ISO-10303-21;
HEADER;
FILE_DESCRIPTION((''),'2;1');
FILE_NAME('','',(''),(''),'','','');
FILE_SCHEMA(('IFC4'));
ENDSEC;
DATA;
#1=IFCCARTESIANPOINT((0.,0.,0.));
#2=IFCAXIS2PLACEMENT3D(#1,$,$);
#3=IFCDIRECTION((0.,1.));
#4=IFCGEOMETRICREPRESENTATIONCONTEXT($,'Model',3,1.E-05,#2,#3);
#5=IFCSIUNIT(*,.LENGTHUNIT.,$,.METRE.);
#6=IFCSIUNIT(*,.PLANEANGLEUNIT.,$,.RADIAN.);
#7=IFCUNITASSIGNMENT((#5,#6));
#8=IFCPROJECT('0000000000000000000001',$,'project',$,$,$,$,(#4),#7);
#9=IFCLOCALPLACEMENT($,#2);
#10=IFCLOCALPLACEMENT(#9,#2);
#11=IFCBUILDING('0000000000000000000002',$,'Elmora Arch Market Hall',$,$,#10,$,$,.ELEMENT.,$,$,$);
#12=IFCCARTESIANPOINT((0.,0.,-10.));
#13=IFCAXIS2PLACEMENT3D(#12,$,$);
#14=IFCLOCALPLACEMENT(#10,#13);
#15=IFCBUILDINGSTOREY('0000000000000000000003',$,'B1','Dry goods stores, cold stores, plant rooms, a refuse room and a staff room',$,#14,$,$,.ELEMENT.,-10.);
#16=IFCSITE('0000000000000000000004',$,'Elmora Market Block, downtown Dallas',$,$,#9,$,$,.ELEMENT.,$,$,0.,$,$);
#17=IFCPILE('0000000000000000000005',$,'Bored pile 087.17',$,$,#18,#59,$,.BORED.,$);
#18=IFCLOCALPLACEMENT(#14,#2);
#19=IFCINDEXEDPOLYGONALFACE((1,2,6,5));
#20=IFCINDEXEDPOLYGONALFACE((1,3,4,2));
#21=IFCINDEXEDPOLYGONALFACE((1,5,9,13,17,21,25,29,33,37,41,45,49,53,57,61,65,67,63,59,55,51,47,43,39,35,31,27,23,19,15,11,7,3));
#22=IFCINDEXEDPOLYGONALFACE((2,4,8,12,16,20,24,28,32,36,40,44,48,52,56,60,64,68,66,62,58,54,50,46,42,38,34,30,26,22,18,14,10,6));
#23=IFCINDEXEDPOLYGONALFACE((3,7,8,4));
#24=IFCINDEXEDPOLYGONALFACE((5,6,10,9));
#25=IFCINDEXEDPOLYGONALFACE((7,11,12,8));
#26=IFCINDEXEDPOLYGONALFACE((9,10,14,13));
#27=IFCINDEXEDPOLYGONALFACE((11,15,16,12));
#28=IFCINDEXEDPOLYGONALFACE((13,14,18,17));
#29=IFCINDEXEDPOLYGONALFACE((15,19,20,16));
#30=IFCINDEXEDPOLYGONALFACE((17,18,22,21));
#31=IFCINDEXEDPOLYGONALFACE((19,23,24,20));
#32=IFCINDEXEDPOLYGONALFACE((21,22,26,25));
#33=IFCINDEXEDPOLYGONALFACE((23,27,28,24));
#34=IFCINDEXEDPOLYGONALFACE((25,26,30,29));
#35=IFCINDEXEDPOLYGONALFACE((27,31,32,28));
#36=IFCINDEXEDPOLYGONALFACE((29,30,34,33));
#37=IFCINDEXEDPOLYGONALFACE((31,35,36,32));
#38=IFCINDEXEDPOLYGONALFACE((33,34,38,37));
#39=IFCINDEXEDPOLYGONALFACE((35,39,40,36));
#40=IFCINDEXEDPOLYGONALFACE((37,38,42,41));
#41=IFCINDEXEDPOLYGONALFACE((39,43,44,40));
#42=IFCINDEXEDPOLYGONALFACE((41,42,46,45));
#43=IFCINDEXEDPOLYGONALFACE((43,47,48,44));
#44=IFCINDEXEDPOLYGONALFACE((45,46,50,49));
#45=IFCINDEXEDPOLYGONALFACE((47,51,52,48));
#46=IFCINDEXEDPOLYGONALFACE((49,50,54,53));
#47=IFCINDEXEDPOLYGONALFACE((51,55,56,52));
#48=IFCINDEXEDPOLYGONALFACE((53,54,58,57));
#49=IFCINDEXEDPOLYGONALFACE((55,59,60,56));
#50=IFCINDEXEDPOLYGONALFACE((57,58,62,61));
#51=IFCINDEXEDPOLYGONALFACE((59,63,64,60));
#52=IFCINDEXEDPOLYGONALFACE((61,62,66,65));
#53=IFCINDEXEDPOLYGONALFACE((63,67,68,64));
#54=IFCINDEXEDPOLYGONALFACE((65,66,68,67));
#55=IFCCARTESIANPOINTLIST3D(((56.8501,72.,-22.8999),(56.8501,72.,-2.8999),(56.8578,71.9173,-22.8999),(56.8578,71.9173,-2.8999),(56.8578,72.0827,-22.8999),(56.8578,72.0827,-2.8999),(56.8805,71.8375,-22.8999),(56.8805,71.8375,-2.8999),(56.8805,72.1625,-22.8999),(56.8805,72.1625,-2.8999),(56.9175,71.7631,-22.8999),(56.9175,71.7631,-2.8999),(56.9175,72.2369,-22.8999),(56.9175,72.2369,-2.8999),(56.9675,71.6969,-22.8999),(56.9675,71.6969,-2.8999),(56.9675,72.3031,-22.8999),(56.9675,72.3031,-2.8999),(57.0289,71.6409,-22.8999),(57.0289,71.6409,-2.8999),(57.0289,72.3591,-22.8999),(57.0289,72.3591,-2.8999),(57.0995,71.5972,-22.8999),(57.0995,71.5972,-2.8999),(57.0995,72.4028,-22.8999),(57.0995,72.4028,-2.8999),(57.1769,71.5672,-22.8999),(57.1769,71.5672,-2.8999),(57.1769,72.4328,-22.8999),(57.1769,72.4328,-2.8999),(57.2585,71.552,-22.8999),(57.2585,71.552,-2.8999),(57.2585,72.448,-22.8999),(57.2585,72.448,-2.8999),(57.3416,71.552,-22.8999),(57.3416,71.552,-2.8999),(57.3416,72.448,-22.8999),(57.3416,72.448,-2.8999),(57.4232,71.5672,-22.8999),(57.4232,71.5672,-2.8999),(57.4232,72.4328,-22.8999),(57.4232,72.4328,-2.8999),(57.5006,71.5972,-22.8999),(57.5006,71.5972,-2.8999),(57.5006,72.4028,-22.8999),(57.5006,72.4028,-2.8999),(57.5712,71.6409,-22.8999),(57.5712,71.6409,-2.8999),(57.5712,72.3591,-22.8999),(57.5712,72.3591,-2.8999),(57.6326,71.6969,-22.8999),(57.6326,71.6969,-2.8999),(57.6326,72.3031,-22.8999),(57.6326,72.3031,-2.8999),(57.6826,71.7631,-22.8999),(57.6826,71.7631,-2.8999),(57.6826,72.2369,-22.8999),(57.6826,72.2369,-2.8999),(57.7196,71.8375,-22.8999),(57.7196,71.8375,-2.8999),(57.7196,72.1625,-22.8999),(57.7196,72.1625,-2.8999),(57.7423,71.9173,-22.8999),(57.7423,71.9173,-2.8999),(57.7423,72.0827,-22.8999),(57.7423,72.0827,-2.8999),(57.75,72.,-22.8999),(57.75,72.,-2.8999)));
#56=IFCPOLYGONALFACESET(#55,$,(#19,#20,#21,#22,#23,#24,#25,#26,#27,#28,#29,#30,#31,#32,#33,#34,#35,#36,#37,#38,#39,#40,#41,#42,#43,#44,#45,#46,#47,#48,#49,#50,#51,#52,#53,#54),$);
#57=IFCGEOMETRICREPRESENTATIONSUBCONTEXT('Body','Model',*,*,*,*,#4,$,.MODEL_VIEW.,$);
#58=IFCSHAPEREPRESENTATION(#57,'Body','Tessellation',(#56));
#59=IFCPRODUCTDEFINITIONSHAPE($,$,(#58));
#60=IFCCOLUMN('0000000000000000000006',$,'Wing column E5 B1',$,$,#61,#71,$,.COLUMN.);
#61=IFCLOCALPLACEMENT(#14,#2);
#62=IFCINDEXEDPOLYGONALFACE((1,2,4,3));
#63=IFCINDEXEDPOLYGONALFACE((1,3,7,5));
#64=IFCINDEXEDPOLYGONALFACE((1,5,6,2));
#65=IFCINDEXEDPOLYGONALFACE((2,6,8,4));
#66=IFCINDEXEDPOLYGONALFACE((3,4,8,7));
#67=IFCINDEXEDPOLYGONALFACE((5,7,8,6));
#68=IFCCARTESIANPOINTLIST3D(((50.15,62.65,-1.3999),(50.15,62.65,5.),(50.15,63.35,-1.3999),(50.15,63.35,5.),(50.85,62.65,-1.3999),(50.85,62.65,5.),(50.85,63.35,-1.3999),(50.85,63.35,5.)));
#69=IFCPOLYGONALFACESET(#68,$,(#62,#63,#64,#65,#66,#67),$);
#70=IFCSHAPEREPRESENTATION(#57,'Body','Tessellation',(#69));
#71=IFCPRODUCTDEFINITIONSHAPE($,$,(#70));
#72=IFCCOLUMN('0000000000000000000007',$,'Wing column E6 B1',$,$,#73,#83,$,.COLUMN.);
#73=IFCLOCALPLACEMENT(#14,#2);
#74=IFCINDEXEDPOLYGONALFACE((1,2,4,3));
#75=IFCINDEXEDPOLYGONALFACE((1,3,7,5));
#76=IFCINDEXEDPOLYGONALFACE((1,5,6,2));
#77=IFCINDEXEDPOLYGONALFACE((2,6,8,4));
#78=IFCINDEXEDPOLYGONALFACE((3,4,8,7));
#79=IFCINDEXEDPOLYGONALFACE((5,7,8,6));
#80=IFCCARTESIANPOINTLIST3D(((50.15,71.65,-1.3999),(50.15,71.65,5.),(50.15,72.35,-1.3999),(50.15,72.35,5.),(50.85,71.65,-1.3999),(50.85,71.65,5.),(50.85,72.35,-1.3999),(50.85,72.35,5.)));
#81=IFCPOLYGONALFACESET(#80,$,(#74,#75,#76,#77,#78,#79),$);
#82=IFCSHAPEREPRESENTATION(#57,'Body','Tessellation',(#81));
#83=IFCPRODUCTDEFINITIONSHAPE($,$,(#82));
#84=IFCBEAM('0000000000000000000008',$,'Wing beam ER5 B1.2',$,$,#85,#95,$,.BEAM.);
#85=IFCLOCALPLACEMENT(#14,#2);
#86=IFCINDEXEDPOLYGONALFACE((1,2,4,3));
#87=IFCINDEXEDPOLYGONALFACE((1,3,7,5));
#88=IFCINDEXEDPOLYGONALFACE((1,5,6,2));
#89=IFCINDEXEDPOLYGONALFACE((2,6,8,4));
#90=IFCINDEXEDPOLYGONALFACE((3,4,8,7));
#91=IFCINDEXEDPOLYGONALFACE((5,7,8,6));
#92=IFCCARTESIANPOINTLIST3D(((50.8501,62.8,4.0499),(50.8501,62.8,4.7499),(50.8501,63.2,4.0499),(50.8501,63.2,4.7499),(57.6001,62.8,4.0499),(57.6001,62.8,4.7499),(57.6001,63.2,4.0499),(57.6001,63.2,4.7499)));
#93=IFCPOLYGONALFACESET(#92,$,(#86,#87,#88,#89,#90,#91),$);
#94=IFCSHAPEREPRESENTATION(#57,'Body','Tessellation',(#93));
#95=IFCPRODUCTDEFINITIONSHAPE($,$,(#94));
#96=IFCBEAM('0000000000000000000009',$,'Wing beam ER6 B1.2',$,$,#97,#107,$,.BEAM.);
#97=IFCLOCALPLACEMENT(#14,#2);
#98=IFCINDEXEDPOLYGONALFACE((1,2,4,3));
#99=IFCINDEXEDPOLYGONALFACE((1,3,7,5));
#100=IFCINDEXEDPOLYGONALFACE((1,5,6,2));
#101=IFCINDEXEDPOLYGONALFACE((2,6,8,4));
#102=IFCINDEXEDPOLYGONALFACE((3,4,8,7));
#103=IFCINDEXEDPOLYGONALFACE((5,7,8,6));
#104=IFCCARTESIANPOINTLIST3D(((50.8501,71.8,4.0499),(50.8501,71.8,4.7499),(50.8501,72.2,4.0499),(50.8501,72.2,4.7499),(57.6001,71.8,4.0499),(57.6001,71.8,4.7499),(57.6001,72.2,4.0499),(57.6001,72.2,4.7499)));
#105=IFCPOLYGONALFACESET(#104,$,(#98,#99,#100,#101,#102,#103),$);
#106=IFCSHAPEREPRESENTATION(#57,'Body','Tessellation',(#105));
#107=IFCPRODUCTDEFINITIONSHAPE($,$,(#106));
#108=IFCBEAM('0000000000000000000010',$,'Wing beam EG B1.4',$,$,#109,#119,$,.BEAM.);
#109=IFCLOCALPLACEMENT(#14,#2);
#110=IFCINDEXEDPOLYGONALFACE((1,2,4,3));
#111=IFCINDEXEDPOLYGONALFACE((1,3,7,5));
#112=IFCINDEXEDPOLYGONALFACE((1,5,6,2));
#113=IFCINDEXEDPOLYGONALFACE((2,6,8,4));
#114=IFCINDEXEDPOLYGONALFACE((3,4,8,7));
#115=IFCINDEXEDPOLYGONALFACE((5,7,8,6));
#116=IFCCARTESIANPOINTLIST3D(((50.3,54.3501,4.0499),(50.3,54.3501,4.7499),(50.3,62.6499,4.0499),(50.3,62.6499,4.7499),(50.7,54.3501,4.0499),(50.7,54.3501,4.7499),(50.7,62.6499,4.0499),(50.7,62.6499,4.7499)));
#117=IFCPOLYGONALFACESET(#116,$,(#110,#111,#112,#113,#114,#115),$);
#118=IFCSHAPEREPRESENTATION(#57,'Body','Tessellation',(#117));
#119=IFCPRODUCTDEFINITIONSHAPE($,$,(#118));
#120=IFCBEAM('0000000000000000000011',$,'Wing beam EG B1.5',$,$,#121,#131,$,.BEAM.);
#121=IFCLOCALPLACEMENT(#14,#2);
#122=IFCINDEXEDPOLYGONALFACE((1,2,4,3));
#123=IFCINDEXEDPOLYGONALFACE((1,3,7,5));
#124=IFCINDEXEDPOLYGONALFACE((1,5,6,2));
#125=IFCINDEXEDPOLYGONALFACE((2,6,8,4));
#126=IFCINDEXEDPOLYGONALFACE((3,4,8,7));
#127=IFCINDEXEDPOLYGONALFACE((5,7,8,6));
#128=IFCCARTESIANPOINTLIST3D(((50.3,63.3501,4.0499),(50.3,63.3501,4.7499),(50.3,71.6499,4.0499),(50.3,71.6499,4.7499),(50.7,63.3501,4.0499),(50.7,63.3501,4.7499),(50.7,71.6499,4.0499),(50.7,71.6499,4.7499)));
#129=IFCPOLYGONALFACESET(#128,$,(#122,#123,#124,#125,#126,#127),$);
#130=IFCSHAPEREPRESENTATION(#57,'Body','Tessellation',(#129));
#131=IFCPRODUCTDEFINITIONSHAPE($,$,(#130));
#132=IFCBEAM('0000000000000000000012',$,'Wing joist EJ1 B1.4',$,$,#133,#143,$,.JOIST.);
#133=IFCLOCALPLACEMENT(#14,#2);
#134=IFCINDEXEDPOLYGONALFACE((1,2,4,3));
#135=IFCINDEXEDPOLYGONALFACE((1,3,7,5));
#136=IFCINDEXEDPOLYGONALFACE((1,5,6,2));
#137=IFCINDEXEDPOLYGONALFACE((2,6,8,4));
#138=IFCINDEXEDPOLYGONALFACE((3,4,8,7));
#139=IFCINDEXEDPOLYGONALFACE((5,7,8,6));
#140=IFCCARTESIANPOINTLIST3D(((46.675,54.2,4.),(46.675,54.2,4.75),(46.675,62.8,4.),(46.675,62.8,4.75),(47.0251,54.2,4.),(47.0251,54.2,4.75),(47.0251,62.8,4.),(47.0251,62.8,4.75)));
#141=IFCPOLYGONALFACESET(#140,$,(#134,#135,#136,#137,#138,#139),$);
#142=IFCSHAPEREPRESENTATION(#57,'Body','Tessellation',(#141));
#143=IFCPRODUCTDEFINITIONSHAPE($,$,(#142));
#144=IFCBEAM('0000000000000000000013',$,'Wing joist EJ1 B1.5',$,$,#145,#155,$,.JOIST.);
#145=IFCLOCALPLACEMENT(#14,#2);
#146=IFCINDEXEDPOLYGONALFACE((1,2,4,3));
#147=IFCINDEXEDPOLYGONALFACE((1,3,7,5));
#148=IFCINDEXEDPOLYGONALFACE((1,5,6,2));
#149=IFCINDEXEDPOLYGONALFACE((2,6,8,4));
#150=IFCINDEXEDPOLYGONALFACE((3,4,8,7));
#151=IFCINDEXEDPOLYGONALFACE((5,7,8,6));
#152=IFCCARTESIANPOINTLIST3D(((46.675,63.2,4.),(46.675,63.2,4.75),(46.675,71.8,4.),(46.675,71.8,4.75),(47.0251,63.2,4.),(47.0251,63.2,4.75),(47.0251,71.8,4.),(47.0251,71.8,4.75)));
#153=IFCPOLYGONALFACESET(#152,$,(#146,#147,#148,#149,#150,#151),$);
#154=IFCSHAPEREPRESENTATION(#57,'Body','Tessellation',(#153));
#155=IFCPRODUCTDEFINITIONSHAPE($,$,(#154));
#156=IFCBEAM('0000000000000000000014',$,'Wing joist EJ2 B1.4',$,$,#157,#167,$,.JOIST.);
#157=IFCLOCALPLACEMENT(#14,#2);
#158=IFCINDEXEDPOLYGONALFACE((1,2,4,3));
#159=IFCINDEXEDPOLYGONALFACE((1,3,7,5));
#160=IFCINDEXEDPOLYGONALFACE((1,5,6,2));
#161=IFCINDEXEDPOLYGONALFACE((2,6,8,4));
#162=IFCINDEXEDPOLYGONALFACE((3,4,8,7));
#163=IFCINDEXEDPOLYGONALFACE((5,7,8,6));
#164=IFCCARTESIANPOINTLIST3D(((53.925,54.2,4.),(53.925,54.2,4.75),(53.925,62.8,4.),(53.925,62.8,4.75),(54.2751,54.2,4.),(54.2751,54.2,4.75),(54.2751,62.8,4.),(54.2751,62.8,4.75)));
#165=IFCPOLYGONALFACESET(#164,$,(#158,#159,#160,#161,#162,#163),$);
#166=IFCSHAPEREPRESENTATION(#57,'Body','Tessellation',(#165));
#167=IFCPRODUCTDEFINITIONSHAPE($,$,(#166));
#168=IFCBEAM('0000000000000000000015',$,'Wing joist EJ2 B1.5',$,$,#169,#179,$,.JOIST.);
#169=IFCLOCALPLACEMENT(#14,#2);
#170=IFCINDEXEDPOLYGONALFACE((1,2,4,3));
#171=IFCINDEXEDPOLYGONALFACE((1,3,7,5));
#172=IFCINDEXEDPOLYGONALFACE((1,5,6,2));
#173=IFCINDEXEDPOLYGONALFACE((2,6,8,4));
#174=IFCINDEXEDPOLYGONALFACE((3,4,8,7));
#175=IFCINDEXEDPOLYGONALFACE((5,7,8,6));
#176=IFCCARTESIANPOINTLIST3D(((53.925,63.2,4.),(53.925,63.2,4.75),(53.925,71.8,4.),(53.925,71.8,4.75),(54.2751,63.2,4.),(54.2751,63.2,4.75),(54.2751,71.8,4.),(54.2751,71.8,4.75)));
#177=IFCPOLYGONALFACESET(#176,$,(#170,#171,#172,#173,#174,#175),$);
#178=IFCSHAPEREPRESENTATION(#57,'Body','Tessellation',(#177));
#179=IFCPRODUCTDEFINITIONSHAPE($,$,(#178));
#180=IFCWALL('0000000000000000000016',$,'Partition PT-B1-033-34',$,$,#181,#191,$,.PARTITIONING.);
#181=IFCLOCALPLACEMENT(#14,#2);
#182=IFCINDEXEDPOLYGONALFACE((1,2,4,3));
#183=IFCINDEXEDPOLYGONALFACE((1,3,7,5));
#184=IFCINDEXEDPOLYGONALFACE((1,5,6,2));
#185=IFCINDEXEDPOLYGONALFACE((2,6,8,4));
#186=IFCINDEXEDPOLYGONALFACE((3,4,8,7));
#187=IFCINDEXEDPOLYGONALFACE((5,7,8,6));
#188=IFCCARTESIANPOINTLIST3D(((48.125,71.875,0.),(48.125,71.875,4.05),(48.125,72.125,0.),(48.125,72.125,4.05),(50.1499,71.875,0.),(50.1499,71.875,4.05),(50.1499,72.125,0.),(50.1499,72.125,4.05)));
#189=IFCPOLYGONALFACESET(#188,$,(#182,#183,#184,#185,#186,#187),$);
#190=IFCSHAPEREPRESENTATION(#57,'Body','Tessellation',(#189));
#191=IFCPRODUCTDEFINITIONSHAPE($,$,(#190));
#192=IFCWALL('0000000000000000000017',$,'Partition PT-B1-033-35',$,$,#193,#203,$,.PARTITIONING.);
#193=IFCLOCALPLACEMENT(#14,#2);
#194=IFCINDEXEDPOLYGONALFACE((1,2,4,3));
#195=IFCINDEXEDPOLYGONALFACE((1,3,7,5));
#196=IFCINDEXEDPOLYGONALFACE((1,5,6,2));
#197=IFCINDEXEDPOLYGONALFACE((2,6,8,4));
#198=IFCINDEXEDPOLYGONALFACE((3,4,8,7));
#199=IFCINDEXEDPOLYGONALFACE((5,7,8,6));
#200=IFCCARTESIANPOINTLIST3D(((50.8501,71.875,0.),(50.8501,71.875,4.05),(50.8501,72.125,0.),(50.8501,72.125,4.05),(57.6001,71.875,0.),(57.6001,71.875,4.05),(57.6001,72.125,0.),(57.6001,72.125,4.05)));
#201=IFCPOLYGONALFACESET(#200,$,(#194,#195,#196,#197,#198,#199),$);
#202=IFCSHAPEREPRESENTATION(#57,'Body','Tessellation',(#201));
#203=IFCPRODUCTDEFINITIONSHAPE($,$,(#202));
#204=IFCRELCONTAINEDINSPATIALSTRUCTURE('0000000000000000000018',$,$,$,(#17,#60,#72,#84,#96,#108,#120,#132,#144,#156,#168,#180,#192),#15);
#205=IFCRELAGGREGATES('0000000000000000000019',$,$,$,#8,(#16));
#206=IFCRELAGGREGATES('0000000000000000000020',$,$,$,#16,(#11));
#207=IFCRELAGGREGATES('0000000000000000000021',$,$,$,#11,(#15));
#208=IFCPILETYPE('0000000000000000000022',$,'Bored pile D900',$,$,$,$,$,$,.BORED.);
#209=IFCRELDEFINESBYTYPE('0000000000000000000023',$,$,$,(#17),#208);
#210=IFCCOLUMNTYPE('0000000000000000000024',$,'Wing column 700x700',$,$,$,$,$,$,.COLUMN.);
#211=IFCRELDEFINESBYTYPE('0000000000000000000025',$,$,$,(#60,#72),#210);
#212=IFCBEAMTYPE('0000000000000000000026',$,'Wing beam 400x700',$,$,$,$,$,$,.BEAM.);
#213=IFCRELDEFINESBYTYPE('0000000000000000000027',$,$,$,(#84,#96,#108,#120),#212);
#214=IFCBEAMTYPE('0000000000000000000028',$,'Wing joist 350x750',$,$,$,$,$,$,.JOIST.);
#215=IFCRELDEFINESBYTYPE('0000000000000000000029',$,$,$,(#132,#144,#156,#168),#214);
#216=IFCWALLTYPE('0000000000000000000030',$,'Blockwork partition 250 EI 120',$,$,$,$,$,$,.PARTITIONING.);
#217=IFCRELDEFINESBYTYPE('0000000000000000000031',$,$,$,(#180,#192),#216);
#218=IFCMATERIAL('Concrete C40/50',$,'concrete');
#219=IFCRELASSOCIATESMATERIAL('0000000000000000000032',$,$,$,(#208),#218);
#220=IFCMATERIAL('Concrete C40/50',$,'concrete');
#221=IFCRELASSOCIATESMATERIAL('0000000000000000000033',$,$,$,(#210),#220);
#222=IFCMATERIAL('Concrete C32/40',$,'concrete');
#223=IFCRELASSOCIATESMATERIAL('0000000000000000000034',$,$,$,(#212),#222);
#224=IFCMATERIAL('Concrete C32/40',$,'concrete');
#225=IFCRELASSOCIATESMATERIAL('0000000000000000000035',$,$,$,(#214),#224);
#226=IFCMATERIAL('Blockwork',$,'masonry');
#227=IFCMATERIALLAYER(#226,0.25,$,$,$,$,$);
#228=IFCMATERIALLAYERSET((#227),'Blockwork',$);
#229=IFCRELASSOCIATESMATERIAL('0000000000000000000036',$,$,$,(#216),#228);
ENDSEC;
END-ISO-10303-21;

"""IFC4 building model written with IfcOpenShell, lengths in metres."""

from ifc_helpers import new_model, si_unit, direction, frame, frame_2d, origin, origin_2d, place, context, subcontext, project, spatial, rectangle, circle, extrude, material, layer, layer_set, material_profile, profile_set, type_object, element, save


model = new_model("IFC4")

# Units and contexts
model_context = context("Model", 3, precision=1e-05, world=origin(), true_north=direction((0.0, 1.0)))
body_context = subcontext(model_context, "Body", "Model", "MODEL_VIEW")
ifc_project = project(units=[si_unit("LENGTHUNIT", "METRE"), si_unit("PLANEANGLEUNIT", "RADIAN")], contexts=[model_context])

# Site, building, storey
site_placement = place(None, origin())
site = spatial("IfcSite", under=ifc_project, at=site_placement, Name="Elmora Market Block, downtown Dallas", CompositionType="ELEMENT", RefElevation=0.0)
building_placement = place(site_placement, origin())
building = spatial("IfcBuilding", under=site, at=building_placement, Name="Elmora Arch Market Hall", CompositionType="ELEMENT")
storey_placement = place(building_placement, frame((0.0, 0.0, -10.0)))
storey = spatial("IfcBuildingStorey", under=building, at=storey_placement, Name="B1", Description="Dry goods stores, cold stores, plant rooms, a refuse room and a staff room", CompositionType="ELEMENT", Elevation=-10.0)

# Pile
ifc_material_1 = material(Name="Concrete C40/50", Category="concrete")
ifc_material_profile_1 = material_profile(ifc_material_1, circle(Radius=0.45, at=origin_2d()), Name="Bored pile D900")
ifc_profile_set_1 = profile_set([ifc_material_profile_1], Name="Concrete C40/50")
pile_type = type_object("IfcPileType", Name="Bored pile D900", PredefinedType="BORED", material=ifc_profile_set_1)
for number, where, z_axis, x_axis, name in (
    (1, (57.3, 72.0, -2.8999), (0.0, 0.0, -1.0), (1.0, 0.0, 0.0), "Bored pile 087.17"),
):
    element("IfcPile", number, at=place(storey_placement, frame(where, z_axis=z_axis, x_axis=x_axis)), inside=storey, type_object=pile_type, Name=name, PredefinedType="BORED", context=body_context, shape_type="SweptSolid", body=[
        extrude(circle(Radius=0.45, at=origin_2d()), origin(), (0.0, 0.0, 1.0), 20.0),
    ])

# Columns
ifc_material_2 = material(Name="Concrete C40/50", Category="concrete")
ifc_material_profile_2 = material_profile(ifc_material_2, rectangle(XDim=0.7, YDim=0.7, at=origin_2d()), Name="Wing column 700x700")
ifc_profile_set_2 = profile_set([ifc_material_profile_2], Name="Concrete C40/50")
column_type = type_object("IfcColumnType", Name="Wing column 700x700", PredefinedType="COLUMN", material=ifc_profile_set_2)
for number, where, z_axis, x_axis, name in (
    (2, (50.5, 63.0, -1.3999), (0.0, 0.0, 1.0), (1.0, 0.0, 0.0), "Wing column E5 B1"),
    (3, (50.5, 72.0, -1.3999), (0.0, 0.0, 1.0), (1.0, 0.0, 0.0), "Wing column E6 B1"),
):
    element("IfcColumn", number, at=place(storey_placement, frame(where, z_axis=z_axis, x_axis=x_axis)), inside=storey, type_object=column_type, Name=name, PredefinedType="COLUMN", context=body_context, shape_type="SweptSolid", body=[
        extrude(rectangle(XDim=0.7, YDim=0.7, at=origin_2d()), origin(), (0.0, 0.0, 1.0), 6.3999),
    ])

# Beams
ifc_material_3 = material(Name="Concrete C32/40", Category="concrete")
ifc_material_profile_3 = material_profile(ifc_material_3, rectangle(XDim=0.3999, YDim=0.7, at=origin_2d()), Name="Wing beam 400x700")
ifc_profile_set_3 = profile_set([ifc_material_profile_3], Name="Concrete C32/40")
beam_type_1 = type_object("IfcBeamType", Name="Wing beam 400x700", PredefinedType="BEAM", material=ifc_profile_set_3)
for number, where, z_axis, x_axis, name in (
    (4, (50.8501, 63.0, 4.3999), (1.0, 0.0, 0.0), (0.0, 1.0, 0.0), "Wing beam ER5 B1.2"),
    (5, (50.8501, 72.0, 4.3999), (1.0, 0.0, 0.0), (0.0, 1.0, 0.0), "Wing beam ER6 B1.2"),
):
    element("IfcBeam", number, at=place(storey_placement, frame(where, z_axis=z_axis, x_axis=x_axis)), inside=storey, type_object=beam_type_1, Name=name, PredefinedType="BEAM", context=body_context, shape_type="SweptSolid", body=[
        extrude(rectangle(XDim=0.3999, YDim=0.7, at=origin_2d()), origin(), (0.0, 0.0, 1.0), 6.75),
    ])
for number, where, z_axis, x_axis, name in (
    (6, (50.5, 54.3501, 4.3999), (0.0, 1.0, 0.0), (-1.0, 0.0, 0.0), "Wing beam EG B1.4"),
    (7, (50.5, 63.3501, 4.3999), (0.0, 1.0, 0.0), (-1.0, 0.0, 0.0), "Wing beam EG B1.5"),
):
    element("IfcBeam", number, at=place(storey_placement, frame(where, z_axis=z_axis, x_axis=x_axis)), inside=storey, type_object=beam_type_1, Name=name, PredefinedType="BEAM", context=body_context, shape_type="SweptSolid", body=[
        extrude(rectangle(XDim=0.3999, YDim=0.7, at=origin_2d()), origin(), (0.0, 0.0, 1.0), 8.2998),
    ])
ifc_material_4 = material(Name="Concrete C32/40", Category="concrete")
ifc_material_profile_4 = material_profile(ifc_material_4, rectangle(XDim=0.3501, YDim=0.75, at=origin_2d()), Name="Wing joist 350x750")
ifc_profile_set_4 = profile_set([ifc_material_profile_4], Name="Concrete C32/40")
beam_type_2 = type_object("IfcBeamType", Name="Wing joist 350x750", PredefinedType="JOIST", material=ifc_profile_set_4)
for number, where, z_axis, x_axis, name in (
    (8, (46.8501, 54.2, 4.375), (0.0, 1.0, 0.0), (-1.0, 0.0, 0.0), "Wing joist EJ1 B1.4"),
    (9, (46.8501, 63.2, 4.375), (0.0, 1.0, 0.0), (-1.0, 0.0, 0.0), "Wing joist EJ1 B1.5"),
    (10, (54.1001, 54.2, 4.375), (0.0, 1.0, 0.0), (-1.0, 0.0, 0.0), "Wing joist EJ2 B1.4"),
    (11, (54.1001, 63.2, 4.375), (0.0, 1.0, 0.0), (-1.0, 0.0, 0.0), "Wing joist EJ2 B1.5"),
):
    element("IfcBeam", number, at=place(storey_placement, frame(where, z_axis=z_axis, x_axis=x_axis)), inside=storey, type_object=beam_type_2, Name=name, PredefinedType="JOIST", context=body_context, shape_type="SweptSolid", body=[
        extrude(rectangle(XDim=0.3501, YDim=0.75, at=origin_2d()), origin(), (0.0, 0.0, 1.0), 8.6001),
    ])

# Walls
ifc_material_5 = material(Name="Blockwork", Category="masonry")
ifc_layer_1 = layer(ifc_material_5, 0.25)
ifc_layer_set_1 = layer_set([ifc_layer_1], Name="Blockwork")
wall_type_1 = type_object("IfcWallType", Name="Blockwork partition 250 EI 120", PredefinedType="PARTITIONING", material=ifc_layer_set_1)
wall_1_placement = place(storey_placement, frame((48.125, 72.0, 0.0), z_axis=(0.0, 0.0, 1.0), x_axis=(1.0, 0.0, 0.0)))
element("IfcWall", 12, at=wall_1_placement, inside=storey, type_object=wall_type_1, Name="Partition PT-B1-033-34", PredefinedType="PARTITIONING", context=body_context, shape_type="SweptSolid", body=[
    extrude(rectangle(XDim=2.0249, YDim=0.25, at=frame_2d((1.0125, 0.0))), origin(), (0.0, 0.0, 1.0), 4.05),
])
wall_2_placement = place(storey_placement, frame((50.8501, 72.0, 0.0), z_axis=(0.0, 0.0, 1.0), x_axis=(1.0, 0.0, 0.0)))
element("IfcWall", 13, at=wall_2_placement, inside=storey, type_object=wall_type_1, Name="Partition PT-B1-033-35", PredefinedType="PARTITIONING", context=body_context, shape_type="SweptSolid", body=[
    extrude(rectangle(XDim=6.75, YDim=0.25, at=frame_2d((3.375, 0.0))), origin(), (0.0, 0.0, 1.0), 4.05),
])

save(model, "model.ifc")
